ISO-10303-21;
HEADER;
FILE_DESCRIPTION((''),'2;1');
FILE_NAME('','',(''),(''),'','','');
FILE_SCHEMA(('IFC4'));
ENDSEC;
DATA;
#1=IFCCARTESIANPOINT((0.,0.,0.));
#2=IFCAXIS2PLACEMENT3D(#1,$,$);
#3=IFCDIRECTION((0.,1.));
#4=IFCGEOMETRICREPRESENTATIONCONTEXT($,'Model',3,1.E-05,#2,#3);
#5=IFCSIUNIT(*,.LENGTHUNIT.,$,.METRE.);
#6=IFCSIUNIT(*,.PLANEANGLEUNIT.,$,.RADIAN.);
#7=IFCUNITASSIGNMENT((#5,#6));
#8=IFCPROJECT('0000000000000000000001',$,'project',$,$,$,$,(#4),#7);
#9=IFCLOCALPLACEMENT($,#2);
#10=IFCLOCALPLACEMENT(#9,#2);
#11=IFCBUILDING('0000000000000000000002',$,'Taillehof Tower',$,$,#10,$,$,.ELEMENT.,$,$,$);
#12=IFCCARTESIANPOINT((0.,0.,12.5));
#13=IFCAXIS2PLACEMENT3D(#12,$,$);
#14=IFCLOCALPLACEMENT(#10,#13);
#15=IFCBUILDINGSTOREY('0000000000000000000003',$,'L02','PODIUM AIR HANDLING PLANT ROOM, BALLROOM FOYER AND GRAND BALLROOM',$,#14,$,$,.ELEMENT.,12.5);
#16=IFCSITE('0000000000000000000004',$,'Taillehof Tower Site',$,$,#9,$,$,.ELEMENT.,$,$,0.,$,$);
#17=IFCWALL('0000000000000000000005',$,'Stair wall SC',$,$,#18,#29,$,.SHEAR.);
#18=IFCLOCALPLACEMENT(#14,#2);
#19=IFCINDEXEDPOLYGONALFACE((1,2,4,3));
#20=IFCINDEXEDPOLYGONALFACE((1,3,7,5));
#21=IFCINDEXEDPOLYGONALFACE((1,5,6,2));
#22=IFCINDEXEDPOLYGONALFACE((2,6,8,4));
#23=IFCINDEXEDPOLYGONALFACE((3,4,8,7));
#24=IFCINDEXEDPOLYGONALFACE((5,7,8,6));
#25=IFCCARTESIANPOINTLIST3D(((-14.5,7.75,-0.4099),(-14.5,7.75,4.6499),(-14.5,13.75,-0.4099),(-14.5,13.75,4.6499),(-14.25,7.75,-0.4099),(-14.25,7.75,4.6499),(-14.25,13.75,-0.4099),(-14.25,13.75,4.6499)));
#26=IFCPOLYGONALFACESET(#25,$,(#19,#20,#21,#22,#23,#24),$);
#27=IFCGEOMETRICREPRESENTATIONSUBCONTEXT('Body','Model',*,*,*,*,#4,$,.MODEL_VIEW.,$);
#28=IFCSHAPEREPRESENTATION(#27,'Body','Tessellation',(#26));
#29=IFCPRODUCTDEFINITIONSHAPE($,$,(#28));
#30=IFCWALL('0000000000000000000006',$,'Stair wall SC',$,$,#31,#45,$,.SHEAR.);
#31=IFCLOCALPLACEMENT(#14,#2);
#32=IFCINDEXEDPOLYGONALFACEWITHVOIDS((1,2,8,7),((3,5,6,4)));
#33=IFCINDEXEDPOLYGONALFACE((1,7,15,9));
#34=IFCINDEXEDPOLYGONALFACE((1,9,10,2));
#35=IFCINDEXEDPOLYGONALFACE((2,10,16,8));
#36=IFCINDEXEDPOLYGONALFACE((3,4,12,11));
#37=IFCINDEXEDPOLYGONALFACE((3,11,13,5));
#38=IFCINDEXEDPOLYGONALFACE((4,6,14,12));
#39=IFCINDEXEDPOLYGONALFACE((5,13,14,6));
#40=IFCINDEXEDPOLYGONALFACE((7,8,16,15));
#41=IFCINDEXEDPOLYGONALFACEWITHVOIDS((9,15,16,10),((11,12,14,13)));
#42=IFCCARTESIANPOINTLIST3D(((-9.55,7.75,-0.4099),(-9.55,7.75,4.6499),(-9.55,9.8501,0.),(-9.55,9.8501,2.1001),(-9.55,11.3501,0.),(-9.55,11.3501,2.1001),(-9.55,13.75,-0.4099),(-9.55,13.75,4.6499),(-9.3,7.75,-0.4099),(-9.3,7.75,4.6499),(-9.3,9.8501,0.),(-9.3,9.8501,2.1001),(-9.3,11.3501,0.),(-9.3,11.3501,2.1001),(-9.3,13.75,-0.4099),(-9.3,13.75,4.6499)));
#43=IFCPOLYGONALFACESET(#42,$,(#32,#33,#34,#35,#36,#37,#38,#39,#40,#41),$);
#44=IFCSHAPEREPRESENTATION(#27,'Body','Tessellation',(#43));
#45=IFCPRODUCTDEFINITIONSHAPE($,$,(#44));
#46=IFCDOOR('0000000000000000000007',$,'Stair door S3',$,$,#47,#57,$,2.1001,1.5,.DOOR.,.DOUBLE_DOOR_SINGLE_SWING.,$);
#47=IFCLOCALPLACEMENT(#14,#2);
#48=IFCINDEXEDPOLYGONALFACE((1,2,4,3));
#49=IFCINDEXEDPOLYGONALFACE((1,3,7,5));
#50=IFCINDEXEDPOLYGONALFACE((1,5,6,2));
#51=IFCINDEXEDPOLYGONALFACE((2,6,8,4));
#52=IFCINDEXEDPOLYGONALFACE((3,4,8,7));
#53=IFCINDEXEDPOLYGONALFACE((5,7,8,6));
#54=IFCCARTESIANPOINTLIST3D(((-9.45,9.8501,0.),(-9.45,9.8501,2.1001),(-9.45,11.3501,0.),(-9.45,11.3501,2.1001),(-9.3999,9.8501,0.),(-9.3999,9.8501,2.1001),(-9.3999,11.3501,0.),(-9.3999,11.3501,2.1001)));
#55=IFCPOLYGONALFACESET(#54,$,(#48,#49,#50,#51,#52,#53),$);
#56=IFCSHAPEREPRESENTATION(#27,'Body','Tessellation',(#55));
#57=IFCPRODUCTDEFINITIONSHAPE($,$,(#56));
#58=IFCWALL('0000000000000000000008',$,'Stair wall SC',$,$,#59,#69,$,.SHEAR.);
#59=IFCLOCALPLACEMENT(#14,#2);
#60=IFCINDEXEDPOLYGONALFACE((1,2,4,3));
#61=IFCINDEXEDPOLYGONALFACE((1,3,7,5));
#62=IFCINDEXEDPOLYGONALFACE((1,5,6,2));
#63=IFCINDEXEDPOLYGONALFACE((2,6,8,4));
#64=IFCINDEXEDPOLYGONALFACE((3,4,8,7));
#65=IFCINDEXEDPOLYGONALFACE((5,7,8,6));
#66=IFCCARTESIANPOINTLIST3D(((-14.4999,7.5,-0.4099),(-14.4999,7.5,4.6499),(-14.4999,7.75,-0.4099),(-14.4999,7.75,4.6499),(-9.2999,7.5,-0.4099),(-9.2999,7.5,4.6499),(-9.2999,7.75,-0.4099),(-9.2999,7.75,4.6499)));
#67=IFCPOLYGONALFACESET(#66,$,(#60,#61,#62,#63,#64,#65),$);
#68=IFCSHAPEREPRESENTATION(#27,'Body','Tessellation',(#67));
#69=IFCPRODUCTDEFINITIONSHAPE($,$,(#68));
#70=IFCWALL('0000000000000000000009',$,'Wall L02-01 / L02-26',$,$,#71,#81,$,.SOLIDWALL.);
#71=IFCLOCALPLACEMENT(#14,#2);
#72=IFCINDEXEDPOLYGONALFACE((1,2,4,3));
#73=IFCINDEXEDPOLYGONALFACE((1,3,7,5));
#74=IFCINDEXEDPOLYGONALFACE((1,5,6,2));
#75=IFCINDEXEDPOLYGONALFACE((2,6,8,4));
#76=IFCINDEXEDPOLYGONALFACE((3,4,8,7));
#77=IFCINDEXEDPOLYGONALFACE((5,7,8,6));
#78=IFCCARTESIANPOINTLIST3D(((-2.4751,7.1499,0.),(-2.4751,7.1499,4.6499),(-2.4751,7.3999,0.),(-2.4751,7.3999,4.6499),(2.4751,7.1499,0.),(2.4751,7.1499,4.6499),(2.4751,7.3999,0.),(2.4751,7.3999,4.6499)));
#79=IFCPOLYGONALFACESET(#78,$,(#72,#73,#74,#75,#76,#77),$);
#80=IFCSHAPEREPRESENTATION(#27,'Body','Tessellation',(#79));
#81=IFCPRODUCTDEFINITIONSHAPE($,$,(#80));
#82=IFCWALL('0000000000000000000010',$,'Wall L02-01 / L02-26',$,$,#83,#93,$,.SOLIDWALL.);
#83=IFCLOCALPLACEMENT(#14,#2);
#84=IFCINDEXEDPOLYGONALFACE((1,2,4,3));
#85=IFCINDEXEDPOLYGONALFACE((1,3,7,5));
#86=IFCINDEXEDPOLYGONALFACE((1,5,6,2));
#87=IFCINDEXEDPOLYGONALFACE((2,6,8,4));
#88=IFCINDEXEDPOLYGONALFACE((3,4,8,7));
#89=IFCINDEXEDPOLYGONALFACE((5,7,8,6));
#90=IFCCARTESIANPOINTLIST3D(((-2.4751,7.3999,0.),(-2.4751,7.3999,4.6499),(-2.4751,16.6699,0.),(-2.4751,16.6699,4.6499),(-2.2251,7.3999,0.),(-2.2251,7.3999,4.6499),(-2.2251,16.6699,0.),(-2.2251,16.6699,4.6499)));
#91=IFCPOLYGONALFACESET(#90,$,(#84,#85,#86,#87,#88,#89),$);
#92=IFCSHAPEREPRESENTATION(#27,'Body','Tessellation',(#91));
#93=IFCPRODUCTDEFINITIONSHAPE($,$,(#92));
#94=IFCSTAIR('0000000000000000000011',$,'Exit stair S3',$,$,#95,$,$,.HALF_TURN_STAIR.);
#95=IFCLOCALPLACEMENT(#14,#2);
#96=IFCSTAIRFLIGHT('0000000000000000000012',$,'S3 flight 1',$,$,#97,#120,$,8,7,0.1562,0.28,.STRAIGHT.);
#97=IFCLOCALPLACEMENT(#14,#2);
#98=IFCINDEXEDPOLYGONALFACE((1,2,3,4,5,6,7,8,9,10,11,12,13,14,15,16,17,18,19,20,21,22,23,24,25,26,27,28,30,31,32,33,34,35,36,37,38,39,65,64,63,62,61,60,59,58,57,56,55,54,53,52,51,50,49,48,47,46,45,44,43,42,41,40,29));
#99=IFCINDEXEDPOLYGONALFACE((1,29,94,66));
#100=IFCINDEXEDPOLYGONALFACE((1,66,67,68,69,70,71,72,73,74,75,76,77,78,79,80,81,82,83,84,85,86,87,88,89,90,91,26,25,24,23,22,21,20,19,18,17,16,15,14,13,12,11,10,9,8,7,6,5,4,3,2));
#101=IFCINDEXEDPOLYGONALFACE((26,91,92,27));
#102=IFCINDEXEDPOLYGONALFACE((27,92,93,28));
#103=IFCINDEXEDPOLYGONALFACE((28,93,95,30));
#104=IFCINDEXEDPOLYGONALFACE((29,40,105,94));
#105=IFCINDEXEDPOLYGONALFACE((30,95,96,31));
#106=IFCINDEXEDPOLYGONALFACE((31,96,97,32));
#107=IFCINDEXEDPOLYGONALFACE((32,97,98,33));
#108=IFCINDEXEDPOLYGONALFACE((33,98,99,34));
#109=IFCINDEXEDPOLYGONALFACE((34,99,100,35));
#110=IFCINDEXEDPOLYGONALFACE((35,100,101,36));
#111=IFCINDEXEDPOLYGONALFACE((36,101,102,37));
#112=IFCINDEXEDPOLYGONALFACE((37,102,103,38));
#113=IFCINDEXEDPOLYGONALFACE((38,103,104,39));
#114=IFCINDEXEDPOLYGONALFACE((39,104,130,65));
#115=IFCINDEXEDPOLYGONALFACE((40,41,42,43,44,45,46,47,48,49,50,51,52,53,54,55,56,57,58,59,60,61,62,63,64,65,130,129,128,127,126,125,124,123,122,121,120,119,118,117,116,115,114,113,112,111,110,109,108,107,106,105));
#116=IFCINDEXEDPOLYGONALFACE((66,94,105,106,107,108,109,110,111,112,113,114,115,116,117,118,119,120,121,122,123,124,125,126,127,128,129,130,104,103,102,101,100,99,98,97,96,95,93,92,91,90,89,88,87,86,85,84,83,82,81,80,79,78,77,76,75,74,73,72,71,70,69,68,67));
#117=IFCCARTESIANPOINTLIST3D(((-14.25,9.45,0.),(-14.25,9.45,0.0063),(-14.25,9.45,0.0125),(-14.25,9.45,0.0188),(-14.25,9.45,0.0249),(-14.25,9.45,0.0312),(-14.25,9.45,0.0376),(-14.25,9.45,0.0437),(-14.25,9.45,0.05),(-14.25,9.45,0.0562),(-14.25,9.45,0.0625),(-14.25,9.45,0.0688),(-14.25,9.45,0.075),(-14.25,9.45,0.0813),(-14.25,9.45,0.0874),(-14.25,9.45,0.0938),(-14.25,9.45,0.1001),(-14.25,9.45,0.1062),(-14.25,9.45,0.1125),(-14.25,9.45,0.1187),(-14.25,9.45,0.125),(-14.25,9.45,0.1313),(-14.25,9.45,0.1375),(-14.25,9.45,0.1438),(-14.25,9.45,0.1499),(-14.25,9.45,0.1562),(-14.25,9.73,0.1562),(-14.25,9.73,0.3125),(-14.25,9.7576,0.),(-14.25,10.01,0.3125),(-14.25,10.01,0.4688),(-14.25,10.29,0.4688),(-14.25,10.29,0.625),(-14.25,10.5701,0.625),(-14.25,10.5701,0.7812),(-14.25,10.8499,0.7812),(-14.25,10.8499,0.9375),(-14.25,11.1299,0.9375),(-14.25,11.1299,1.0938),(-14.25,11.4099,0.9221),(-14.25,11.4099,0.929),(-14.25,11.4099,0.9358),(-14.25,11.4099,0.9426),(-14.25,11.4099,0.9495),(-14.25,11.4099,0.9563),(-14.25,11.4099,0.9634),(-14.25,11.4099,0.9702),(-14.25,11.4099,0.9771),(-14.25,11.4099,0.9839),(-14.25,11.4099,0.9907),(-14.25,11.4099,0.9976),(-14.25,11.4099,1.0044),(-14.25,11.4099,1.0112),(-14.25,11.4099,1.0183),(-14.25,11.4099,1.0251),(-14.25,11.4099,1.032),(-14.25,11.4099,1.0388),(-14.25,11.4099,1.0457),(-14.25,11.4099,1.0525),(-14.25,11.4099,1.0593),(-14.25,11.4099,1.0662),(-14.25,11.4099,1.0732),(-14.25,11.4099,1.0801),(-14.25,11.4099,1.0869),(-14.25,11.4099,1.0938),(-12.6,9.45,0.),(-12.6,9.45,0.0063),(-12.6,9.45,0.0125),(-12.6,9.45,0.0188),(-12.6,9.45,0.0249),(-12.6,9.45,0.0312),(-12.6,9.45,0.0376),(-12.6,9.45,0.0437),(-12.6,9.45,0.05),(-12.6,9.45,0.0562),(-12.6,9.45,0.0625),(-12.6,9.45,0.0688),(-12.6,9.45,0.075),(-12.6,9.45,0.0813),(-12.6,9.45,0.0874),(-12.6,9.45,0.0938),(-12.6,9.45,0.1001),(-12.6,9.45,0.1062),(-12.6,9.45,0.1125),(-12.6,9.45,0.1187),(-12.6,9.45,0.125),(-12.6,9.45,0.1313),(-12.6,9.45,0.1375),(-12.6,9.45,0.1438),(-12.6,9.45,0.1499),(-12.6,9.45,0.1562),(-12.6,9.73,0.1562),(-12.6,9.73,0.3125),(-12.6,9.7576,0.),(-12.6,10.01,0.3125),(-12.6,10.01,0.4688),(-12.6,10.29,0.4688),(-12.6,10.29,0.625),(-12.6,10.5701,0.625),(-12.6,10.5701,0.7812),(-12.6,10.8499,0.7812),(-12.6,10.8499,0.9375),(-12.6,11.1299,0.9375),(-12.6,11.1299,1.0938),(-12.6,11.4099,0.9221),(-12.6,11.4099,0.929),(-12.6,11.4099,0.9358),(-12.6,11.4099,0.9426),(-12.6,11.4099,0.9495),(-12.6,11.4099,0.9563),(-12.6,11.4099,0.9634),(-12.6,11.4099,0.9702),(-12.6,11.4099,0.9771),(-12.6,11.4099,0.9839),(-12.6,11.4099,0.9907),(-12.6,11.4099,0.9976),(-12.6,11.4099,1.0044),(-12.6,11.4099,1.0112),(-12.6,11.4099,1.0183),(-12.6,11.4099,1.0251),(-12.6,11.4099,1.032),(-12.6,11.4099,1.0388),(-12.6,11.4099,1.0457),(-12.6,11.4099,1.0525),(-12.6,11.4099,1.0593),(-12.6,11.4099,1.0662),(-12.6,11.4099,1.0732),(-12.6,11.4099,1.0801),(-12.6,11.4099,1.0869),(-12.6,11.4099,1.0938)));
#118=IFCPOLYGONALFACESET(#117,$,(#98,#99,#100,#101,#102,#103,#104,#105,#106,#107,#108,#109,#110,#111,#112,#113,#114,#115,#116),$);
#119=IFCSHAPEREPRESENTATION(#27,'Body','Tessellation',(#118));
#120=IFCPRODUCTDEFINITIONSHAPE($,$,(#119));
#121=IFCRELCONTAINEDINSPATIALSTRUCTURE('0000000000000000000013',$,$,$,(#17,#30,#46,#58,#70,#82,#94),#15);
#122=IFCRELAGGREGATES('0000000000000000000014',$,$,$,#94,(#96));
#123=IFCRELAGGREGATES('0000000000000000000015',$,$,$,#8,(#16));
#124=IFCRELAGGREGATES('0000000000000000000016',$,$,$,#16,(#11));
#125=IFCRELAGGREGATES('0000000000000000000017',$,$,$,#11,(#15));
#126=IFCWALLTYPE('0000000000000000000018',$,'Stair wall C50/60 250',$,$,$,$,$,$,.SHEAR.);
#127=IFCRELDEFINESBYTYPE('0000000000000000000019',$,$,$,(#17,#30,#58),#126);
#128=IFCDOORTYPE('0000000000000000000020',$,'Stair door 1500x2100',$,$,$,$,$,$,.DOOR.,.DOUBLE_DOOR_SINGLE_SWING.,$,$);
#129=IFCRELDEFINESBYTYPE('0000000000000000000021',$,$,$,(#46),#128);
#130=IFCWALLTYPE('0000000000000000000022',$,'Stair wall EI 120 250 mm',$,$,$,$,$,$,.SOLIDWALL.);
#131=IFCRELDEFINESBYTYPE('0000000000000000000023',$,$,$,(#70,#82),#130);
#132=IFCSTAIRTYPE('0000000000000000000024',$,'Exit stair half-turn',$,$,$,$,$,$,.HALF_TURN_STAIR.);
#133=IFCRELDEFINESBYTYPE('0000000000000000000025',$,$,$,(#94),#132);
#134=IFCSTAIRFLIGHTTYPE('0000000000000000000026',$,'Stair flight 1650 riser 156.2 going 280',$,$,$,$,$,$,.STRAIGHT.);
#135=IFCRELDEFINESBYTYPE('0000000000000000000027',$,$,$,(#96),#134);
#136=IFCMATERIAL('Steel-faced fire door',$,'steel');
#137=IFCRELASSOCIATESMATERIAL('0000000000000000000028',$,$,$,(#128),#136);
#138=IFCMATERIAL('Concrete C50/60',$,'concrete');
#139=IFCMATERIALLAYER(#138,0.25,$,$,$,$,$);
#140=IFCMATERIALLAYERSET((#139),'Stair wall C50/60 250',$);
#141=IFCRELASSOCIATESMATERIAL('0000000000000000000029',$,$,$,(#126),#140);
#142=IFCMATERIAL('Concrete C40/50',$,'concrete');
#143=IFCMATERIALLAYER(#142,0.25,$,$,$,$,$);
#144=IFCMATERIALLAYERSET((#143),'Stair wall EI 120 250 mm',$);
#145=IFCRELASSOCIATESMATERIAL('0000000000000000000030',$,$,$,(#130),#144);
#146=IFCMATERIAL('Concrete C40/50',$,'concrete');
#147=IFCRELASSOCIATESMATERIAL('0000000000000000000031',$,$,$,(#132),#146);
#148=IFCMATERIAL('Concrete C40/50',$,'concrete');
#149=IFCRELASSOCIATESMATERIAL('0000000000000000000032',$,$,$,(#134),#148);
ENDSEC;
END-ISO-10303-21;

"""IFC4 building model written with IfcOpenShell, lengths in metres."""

from ifc_helpers import new_model, si_unit, direction, frame, frame_2d, origin, place, context, subcontext, project, spatial, polyline, rectangle, outline, extrude, material, layer, layer_set, type_object, element, fill, aggregate, save


model = new_model("IFC4")

# Units and contexts
model_context = context("Model", 3, precision=1e-05, world=origin(), true_north=direction((0.0, 1.0)))
body_context = subcontext(model_context, "Body", "Model", "MODEL_VIEW")
ifc_project = project(units=[si_unit("LENGTHUNIT", "METRE"), si_unit("PLANEANGLEUNIT", "RADIAN")], contexts=[model_context])

# Site, building, storey
site_placement = place(None, origin())
site = spatial("IfcSite", under=ifc_project, at=site_placement, Name="Taillehof Tower Site", CompositionType="ELEMENT", RefElevation=0.0)
building_placement = place(site_placement, origin())
building = spatial("IfcBuilding", under=site, at=building_placement, Name="Taillehof Tower", CompositionType="ELEMENT")
storey_placement = place(building_placement, frame((0.0, 0.0, 12.5)))
storey = spatial("IfcBuildingStorey", under=building, at=storey_placement, Name="L02", Description="PODIUM AIR HANDLING PLANT ROOM, BALLROOM FOYER AND GRAND BALLROOM", CompositionType="ELEMENT", Elevation=12.5)

# Shared definitions
ifc_material_1 = material(Name="Steel-faced fire door", Category="steel")
door_type = type_object("IfcDoorType", Name="Stair door 1500x2100", OperationType="DOUBLE_DOOR_SINGLE_SWING", PredefinedType="DOOR", material=ifc_material_1)

# Wall
ifc_material_2 = material(Name="Concrete C50/60", Category="concrete")
ifc_layer_1 = layer(ifc_material_2, 0.25)
ifc_layer_set_1 = layer_set([ifc_layer_1], Name="Stair wall C50/60 250")
wall_type_1 = type_object("IfcWallType", Name="Stair wall C50/60 250", PredefinedType="SHEAR", material=ifc_layer_set_1)
wall_1_placement = place(storey_placement, frame((-14.375, 7.75, -0.4099), z_axis=(0.0, 0.0, 1.0), x_axis=(0.0, 1.0, 0.0)))
element("IfcWall", 1, at=wall_1_placement, inside=storey, type_object=wall_type_1, Name="Stair wall SC", PredefinedType="SHEAR", context=body_context, shape_type="SweptSolid", body=[
    extrude(rectangle(XDim=6.0, YDim=0.25, at=frame_2d((3.0, 0.0))), origin(), (0.0, 0.0, 1.0), 5.0598),
])

# Wall, opening, door
wall_2_placement = place(storey_placement, frame((-9.425, 7.75, -0.4099), z_axis=(0.0, 0.0, 1.0), x_axis=(0.0, 1.0, 0.0)))
wall_2 = element("IfcWall", 2, at=wall_2_placement, inside=storey, type_object=wall_type_1, Name="Stair wall SC", PredefinedType="SHEAR", context=body_context, shape_type="SweptSolid", body=[
    extrude(rectangle(XDim=6.0, YDim=0.25, at=frame_2d((3.0, 0.0))), origin(), (0.0, 0.0, 1.0), 5.0598),
])
opening_1_placement = place(wall_2_placement, frame((2.1001, 0.0, 0.4099)))
opening_1 = element("IfcOpeningElement", 3, at=opening_1_placement, cuts=wall_2, PredefinedType="OPENING", context=body_context, shape_type="SweptSolid", body=[
    extrude(rectangle(XDim=1.5, YDim=2.1001, at=frame_2d((0.75, 1.05))), frame((0.0, 0.135, 0.0), z_axis=(0.0, -1.0, 0.0), x_axis=(1.0, 0.0, 0.0)), (0.0, 0.0, 1.0), 0.27),
])
door_1_placement = place(opening_1_placement, origin())
door_1 = element("IfcDoor", 4, at=door_1_placement, inside=storey, type_object=door_type, Name="Stair door S3", OperationType="DOUBLE_DOOR_SINGLE_SWING", OverallHeight=2.1001, OverallWidth=1.5, PredefinedType="DOOR", context=body_context, shape_type="SweptSolid", body=[
    extrude(rectangle(XDim=1.5, YDim=2.1001, at=frame_2d((0.75, 1.05))), frame((0.0, 0.0249, 0.0), z_axis=(0.0, -1.0, 0.0), x_axis=(1.0, 0.0, 0.0)), (0.0, 0.0, 1.0), 0.05),
])
fill(opening_1, door_1)

# Walls
wall_3_placement = place(storey_placement, frame((-14.5, 7.625, -0.4099), z_axis=(0.0, 0.0, 1.0), x_axis=(1.0, 0.0, 0.0)))
element("IfcWall", 5, at=wall_3_placement, inside=storey, type_object=wall_type_1, Name="Stair wall SC", PredefinedType="SHEAR", context=body_context, shape_type="SweptSolid", body=[
    extrude(rectangle(XDim=5.2, YDim=0.25, at=frame_2d((2.6001, 0.0))), origin(), (0.0, 0.0, 1.0), 5.0598),
])
ifc_material_3 = material(Name="Concrete C40/50", Category="concrete")
ifc_layer_2 = layer(ifc_material_3, 0.25)
ifc_layer_set_2 = layer_set([ifc_layer_2], Name="Stair wall EI 120 250 mm")
wall_type_2 = type_object("IfcWallType", Name="Stair wall EI 120 250 mm", PredefinedType="SOLIDWALL", material=ifc_layer_set_2)
wall_4_placement = place(storey_placement, frame((-2.4751, 7.2749, 0.0), z_axis=(0.0, 0.0, 1.0), x_axis=(1.0, 0.0, 0.0)))
element("IfcWall", 6, at=wall_4_placement, inside=storey, type_object=wall_type_2, Name="Wall L02-01 / L02-26", PredefinedType="SOLIDWALL", context=body_context, shape_type="SweptSolid", body=[
    extrude(rectangle(XDim=4.9502, YDim=0.25, at=frame_2d((2.4751, 0.0))), origin(), (0.0, 0.0, 1.0), 4.6499),
])
wall_5_placement = place(storey_placement, frame((-2.3501, 7.3999, 0.0), z_axis=(0.0, 0.0, 1.0), x_axis=(0.0, 1.0, 0.0)))
element("IfcWall", 7, at=wall_5_placement, inside=storey, type_object=wall_type_2, Name="Wall L02-01 / L02-26", PredefinedType="SOLIDWALL", context=body_context, shape_type="SweptSolid", body=[
    extrude(rectangle(XDim=9.27, YDim=0.25, at=frame_2d((4.635, 0.0))), origin(), (0.0, 0.0, 1.0), 4.6499),
])

# Stair, stair flight
ifc_material_4 = material(Name="Concrete C40/50", Category="concrete")
stair_type_1 = type_object("IfcStairType", Name="Exit stair half-turn", PredefinedType="HALF_TURN_STAIR", material=ifc_material_4)
stair_1_placement = place(storey_placement, origin())
stair_1 = element("IfcStair", 8, at=stair_1_placement, inside=storey, type_object=stair_type_1, Name="Exit stair S3", PredefinedType="HALF_TURN_STAIR")
ifc_material_5 = material(Name="Concrete C40/50", Category="concrete")
stair_flight_type_1 = type_object("IfcStairFlightType", Name="Stair flight 1650 riser 156.2 going 280", PredefinedType="STRAIGHT", material=ifc_material_5)
stair_flight_1_placement = place(storey_placement, frame((-13.425, 9.45, 0.0), z_axis=(0.0, 0.0, 1.0), x_axis=(0.0, 1.0, 0.0)))
stair_flight_1 = element("IfcStairFlight", 9, at=stair_flight_1_placement, type_object=stair_flight_type_1, Name="S3 flight 1", NumberOfRisers=8, NumberOfTreads=7, PredefinedType="STRAIGHT", RiserHeight=0.1562, TreadLength=0.28, context=body_context, shape_type="SweptSolid", body=[
    extrude(outline(polyline([(0.0, 0.0), (0.0, 0.0063), (0.0, 0.0125), (0.0, 0.0188), (0.0, 0.0249), (0.0, 0.0312), (0.0, 0.0376), (0.0, 0.0437), (0.0, 0.05), (0.0, 0.0562), (0.0, 0.0625), (0.0, 0.0688), (0.0, 0.075), (0.0, 0.0813), (0.0, 0.0874), (0.0, 0.0938), (0.0, 0.1001), (0.0, 0.1062), (0.0, 0.1125), (0.0, 0.1187), (0.0, 0.125), (0.0, 0.1313), (0.0, 0.1375), (0.0, 0.1438), (0.0, 0.1499), (0.0, 0.1562), (0.28, 0.1562), (0.28, 0.3125), (0.5601, 0.3125), (0.5601, 0.4688), (0.8401, 0.4688), (0.8401, 0.625), (1.1201, 0.625), (1.1201, 0.7812), (1.3999, 0.7812), (1.3999, 0.9375), (1.6799, 0.9375), (1.6799, 1.0938), (1.96, 1.0938), (1.96, 1.0869), (1.96, 1.0801), (1.96, 1.0732), (1.96, 1.0662), (1.96, 1.0593), (1.96, 1.0525), (1.96, 1.0457), (1.96, 1.0388), (1.96, 1.032), (1.96, 1.0251), (1.96, 1.0183), (1.96, 1.0112), (1.96, 1.0044), (1.96, 0.9976), (1.96, 0.9907), (1.96, 0.9839), (1.96, 0.9771), (1.96, 0.9702), (1.96, 0.9634), (1.96, 0.9563), (1.96, 0.9495), (1.96, 0.9426), (1.96, 0.9358), (1.96, 0.929), (1.96, 0.9221), (0.3076, 0.0), (0.0, 0.0)])), frame((0.0, 0.825, 0.0), z_axis=(0.0, -1.0, 0.0), x_axis=(1.0, 0.0, 0.0)), (0.0, 0.0, 1.0), 1.65),
])
aggregate(stair_1, [stair_flight_1])

save(model, "model.ifc")
